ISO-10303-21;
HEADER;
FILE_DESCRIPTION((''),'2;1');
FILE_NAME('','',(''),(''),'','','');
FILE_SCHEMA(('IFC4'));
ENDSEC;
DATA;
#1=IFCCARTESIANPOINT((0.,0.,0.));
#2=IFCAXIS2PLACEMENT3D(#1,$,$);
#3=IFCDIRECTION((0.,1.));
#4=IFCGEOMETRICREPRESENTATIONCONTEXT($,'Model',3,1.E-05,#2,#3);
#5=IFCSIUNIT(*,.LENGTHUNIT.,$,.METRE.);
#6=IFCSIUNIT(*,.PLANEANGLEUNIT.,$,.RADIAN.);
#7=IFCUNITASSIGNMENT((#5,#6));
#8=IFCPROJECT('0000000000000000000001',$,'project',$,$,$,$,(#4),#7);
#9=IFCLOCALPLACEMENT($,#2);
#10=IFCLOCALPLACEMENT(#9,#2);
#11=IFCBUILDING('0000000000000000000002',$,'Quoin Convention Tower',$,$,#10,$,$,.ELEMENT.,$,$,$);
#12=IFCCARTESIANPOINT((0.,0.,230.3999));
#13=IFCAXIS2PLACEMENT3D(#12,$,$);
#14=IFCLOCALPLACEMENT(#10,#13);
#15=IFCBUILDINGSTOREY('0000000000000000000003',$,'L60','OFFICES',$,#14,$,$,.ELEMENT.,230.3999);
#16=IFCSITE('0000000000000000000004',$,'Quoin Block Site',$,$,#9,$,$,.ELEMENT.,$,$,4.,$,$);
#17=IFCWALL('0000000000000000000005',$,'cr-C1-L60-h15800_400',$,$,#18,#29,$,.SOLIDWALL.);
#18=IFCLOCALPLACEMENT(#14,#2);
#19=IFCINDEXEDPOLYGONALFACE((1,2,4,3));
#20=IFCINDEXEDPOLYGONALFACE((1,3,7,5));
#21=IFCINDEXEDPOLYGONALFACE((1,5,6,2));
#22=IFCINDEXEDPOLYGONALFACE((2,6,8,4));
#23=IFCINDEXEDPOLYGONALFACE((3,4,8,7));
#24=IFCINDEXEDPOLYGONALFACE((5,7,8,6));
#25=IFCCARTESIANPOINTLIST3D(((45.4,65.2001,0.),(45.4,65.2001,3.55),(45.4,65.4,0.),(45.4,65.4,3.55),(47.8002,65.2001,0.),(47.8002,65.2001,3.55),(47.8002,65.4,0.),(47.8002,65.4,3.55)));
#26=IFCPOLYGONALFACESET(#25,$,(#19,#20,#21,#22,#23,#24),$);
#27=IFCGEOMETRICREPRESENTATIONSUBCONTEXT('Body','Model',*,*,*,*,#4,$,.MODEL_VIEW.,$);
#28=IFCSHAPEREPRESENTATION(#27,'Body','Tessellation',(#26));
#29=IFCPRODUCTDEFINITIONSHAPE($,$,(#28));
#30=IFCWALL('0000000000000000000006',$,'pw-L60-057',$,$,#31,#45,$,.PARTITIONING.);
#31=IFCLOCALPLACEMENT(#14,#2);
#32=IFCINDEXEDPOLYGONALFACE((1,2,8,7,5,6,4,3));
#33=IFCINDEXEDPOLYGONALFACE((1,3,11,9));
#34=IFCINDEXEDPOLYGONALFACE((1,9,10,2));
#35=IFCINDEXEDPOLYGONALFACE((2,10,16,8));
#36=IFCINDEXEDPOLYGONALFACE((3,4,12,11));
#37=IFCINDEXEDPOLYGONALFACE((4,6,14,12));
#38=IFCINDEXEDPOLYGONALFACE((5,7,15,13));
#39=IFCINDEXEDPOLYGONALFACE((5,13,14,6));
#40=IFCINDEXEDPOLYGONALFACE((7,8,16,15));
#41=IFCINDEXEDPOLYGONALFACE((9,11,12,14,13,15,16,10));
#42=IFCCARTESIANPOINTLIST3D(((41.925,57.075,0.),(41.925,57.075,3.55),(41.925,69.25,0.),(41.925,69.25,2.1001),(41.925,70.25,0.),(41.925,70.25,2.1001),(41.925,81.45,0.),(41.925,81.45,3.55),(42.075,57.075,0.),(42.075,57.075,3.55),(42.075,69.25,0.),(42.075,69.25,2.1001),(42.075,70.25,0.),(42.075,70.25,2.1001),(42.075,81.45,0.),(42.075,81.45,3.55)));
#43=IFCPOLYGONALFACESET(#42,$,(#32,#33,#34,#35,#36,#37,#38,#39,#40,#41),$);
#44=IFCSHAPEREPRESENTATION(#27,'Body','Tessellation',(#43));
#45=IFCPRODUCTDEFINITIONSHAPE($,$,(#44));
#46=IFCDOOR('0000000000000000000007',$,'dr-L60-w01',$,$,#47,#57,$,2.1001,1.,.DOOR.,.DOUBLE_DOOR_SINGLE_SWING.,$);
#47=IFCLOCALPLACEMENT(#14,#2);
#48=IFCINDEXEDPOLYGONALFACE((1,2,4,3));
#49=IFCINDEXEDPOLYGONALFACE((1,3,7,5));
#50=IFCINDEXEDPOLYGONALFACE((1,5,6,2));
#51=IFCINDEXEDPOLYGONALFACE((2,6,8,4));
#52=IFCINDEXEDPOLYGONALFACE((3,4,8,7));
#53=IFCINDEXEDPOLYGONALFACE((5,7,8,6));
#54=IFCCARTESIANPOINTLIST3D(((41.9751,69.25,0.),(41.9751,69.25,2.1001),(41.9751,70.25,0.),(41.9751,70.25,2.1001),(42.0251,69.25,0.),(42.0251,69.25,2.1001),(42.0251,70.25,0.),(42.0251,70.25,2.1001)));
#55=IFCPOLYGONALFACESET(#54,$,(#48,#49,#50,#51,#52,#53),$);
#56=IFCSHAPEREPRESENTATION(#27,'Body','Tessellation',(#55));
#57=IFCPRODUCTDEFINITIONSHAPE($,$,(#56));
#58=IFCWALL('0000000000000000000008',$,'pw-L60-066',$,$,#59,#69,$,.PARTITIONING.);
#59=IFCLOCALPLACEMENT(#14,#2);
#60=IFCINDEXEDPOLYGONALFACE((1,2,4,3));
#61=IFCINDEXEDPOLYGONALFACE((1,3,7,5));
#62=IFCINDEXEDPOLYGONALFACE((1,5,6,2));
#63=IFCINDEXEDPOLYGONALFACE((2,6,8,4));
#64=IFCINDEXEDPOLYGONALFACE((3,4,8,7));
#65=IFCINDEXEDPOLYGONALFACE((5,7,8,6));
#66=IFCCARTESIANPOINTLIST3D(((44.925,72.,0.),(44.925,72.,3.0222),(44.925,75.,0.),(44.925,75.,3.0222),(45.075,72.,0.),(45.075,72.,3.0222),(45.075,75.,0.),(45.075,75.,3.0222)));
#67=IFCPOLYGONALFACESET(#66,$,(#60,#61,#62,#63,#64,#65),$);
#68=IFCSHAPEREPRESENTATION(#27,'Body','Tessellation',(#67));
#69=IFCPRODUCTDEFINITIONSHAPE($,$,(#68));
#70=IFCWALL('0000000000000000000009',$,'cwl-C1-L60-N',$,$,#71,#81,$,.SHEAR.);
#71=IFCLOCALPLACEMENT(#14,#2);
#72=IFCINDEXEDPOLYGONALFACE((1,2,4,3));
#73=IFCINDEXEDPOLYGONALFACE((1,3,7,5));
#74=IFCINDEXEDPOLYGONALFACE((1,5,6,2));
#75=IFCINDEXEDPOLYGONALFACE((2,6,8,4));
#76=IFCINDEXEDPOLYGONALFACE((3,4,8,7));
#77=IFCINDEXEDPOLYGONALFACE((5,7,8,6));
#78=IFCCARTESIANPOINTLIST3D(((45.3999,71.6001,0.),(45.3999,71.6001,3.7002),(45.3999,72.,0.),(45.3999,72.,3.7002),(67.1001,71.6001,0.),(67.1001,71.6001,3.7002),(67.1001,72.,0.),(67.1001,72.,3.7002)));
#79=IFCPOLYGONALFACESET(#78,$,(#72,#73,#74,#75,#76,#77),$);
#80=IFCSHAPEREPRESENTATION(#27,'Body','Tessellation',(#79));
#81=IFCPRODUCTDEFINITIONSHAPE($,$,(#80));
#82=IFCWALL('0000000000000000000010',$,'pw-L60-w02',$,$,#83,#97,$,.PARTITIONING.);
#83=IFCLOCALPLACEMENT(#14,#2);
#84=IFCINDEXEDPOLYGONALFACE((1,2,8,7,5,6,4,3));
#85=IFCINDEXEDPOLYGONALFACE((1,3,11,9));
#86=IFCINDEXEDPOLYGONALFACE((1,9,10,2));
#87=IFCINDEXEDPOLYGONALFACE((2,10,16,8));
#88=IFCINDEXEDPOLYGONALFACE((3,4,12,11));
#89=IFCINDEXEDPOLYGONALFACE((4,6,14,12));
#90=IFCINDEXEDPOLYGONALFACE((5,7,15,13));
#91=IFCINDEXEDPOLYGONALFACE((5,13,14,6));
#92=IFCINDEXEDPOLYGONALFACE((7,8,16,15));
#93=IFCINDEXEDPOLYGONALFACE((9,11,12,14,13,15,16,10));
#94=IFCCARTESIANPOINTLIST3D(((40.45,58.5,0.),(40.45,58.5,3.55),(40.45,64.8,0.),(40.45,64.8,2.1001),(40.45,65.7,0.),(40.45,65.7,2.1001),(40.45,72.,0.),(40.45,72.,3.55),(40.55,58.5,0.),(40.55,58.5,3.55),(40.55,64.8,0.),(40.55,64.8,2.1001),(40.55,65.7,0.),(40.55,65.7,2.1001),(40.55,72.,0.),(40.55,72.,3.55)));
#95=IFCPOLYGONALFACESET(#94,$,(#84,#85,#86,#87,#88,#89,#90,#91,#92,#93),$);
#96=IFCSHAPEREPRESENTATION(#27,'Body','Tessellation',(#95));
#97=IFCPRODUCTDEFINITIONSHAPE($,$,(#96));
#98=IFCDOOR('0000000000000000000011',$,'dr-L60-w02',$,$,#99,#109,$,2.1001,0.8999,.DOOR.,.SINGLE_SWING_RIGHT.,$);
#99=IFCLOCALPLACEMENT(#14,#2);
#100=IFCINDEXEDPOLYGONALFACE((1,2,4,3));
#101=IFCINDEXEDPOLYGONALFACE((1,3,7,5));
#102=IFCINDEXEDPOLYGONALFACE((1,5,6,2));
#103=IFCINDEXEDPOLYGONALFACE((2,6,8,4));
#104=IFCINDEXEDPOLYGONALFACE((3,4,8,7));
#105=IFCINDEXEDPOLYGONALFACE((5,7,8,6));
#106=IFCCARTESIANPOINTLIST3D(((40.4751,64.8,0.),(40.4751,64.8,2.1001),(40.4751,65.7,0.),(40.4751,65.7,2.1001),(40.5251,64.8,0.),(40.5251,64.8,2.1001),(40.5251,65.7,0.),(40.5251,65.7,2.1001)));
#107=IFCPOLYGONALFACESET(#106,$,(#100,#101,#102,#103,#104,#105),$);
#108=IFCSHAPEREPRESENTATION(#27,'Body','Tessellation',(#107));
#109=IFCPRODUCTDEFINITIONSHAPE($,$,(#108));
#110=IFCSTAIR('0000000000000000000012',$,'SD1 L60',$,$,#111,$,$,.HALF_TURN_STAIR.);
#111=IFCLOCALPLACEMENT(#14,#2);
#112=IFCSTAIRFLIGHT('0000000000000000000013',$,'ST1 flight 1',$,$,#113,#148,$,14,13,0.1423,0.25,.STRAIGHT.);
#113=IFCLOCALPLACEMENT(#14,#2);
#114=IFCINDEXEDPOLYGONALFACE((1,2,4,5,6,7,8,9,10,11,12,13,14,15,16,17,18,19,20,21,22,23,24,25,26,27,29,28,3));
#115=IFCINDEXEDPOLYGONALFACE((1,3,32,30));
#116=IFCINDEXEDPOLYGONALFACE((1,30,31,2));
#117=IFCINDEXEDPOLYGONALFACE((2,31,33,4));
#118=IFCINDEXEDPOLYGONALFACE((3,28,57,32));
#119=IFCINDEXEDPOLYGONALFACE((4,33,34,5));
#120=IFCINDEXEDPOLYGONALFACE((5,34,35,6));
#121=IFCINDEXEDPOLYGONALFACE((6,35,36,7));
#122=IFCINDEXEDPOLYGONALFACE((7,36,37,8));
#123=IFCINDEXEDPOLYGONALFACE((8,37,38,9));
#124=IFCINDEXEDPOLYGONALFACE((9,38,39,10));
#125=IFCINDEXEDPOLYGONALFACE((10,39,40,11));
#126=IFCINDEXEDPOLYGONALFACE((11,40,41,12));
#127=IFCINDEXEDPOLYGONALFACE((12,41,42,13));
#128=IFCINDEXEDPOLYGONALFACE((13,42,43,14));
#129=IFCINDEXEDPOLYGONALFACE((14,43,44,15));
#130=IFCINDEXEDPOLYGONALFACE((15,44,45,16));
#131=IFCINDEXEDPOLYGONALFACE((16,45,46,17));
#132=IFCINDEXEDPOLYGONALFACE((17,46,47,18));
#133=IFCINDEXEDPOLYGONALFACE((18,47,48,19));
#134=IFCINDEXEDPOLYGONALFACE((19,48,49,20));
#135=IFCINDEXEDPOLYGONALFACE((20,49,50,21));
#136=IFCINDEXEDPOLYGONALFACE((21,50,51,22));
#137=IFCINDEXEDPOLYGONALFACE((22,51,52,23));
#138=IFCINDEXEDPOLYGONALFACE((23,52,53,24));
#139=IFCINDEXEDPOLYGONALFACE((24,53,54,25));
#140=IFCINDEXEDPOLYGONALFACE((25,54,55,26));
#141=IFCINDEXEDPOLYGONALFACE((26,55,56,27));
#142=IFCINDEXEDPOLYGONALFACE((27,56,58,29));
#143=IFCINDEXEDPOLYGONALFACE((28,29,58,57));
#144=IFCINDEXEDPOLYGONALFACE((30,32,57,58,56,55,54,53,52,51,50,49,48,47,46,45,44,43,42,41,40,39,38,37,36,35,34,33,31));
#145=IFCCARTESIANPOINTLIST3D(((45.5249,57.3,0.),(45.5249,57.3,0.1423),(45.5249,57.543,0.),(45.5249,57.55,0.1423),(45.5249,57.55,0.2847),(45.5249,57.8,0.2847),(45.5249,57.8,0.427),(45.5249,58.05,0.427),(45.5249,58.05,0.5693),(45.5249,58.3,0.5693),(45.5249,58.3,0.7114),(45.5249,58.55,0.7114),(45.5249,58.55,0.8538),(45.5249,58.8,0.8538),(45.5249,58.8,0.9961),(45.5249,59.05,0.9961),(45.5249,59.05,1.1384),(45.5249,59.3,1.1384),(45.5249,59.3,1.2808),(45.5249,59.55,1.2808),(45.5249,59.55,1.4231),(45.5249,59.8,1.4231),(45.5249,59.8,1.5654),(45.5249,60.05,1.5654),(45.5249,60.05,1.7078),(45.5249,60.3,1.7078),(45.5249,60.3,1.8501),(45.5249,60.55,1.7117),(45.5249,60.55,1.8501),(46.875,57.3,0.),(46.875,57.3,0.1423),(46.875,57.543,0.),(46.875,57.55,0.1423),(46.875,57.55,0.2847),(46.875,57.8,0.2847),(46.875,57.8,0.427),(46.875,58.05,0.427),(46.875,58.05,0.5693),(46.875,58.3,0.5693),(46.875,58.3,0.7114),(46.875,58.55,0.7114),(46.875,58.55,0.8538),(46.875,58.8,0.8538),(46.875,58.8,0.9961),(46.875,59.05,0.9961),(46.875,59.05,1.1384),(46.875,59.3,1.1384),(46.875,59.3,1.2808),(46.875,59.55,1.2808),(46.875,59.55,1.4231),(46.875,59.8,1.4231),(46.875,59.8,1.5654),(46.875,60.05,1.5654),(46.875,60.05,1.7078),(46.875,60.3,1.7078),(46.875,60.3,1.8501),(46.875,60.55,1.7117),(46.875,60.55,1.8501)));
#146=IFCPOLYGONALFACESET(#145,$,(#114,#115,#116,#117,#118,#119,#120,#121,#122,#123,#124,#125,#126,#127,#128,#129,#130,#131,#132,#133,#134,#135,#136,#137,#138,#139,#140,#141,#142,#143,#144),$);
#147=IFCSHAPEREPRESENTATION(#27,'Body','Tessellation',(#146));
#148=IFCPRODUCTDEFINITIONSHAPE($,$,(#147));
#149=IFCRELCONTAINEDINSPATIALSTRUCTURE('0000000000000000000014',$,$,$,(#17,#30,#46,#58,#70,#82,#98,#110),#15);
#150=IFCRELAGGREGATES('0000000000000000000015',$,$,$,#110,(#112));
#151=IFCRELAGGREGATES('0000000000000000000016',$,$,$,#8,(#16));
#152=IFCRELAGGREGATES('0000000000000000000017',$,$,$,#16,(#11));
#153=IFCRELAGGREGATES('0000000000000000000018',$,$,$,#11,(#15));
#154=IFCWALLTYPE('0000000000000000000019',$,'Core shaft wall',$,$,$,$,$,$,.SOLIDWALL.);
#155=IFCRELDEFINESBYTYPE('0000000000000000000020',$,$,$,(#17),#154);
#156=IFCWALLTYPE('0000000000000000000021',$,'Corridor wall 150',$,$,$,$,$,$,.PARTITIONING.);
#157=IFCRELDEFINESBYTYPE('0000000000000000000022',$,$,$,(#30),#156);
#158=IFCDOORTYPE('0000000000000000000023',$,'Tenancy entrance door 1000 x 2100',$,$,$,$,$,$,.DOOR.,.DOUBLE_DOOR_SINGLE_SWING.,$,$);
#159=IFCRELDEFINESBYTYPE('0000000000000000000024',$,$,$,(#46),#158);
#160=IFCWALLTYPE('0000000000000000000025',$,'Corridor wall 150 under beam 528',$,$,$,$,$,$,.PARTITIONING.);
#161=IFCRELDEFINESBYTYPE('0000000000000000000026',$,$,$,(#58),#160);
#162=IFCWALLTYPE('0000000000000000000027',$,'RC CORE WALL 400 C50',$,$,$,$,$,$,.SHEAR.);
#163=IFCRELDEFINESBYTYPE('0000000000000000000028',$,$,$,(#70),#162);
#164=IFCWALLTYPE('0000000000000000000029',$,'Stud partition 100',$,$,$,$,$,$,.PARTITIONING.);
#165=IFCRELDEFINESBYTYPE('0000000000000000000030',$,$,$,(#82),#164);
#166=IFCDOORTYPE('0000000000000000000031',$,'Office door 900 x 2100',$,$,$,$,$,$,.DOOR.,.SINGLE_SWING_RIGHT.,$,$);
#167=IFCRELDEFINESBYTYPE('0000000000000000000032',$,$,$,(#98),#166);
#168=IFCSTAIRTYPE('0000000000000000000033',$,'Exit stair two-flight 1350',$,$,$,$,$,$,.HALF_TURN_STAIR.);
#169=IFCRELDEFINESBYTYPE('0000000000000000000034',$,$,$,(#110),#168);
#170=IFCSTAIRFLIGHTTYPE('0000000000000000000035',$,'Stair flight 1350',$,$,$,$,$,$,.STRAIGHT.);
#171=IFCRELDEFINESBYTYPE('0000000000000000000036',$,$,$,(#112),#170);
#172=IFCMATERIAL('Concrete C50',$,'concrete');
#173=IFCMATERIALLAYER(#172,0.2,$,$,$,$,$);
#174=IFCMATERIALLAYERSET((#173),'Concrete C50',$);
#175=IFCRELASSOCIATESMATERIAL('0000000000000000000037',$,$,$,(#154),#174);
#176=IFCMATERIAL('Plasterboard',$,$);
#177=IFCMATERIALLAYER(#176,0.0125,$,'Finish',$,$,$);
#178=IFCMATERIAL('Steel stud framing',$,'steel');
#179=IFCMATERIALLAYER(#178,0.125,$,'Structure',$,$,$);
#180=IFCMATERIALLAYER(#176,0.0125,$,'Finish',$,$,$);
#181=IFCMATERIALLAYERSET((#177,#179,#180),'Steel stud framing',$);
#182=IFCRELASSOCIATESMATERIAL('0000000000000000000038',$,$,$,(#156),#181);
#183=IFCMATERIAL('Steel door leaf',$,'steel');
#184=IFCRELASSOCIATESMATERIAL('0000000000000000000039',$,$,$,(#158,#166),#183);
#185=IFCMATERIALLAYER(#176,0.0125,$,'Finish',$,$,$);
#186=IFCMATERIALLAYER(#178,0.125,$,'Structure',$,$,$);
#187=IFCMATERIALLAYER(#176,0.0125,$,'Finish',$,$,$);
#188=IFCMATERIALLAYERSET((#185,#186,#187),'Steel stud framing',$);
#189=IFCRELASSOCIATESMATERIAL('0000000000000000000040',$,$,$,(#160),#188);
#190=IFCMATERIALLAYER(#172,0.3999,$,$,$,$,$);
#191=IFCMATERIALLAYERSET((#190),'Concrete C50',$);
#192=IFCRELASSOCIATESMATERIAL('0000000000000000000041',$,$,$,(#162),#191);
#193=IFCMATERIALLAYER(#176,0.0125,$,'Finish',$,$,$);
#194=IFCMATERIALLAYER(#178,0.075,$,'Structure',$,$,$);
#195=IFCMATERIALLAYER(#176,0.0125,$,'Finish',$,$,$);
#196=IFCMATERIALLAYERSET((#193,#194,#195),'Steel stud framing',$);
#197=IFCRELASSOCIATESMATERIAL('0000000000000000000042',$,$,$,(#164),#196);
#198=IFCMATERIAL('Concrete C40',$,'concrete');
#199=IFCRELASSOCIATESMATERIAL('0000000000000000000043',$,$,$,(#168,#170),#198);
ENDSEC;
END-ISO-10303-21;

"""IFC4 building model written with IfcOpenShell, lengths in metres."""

from ifc_helpers import new_model, si_unit, direction, frame, frame_2d, origin, place, context, subcontext, project, spatial, polyline, rectangle, outline, extrude, material, layer, layer_set, type_object, element, fill, aggregate, save


model = new_model("IFC4")

# Units and contexts
model_context = context("Model", 3, precision=1e-05, world=origin(), true_north=direction((0.0, 1.0)))
body_context = subcontext(model_context, "Body", "Model", "MODEL_VIEW")
ifc_project = project(units=[si_unit("LENGTHUNIT", "METRE"), si_unit("PLANEANGLEUNIT", "RADIAN")], contexts=[model_context])

# Site, building, storey
site_placement = place(None, origin())
site = spatial("IfcSite", under=ifc_project, at=site_placement, Name="Quoin Block Site", CompositionType="ELEMENT", RefElevation=4.0)
building_placement = place(site_placement, origin())
building = spatial("IfcBuilding", under=site, at=building_placement, Name="Quoin Convention Tower", CompositionType="ELEMENT")
storey_placement = place(building_placement, frame((0.0, 0.0, 230.3999)))
storey = spatial("IfcBuildingStorey", under=building, at=storey_placement, Name="L60", Description="OFFICES", CompositionType="ELEMENT", Elevation=230.3999)

# Shared definitions
ifc_material_1 = material(Name="Plasterboard")
ifc_material_2 = material(Name="Steel stud framing", Category="steel")
ifc_material_3 = material(Name="Steel door leaf", Category="steel")

# Wall
ifc_material_4 = material(Name="Concrete C50", Category="concrete")
ifc_layer_1 = layer(ifc_material_4, 0.2)
ifc_layer_set_1 = layer_set([ifc_layer_1], Name="Concrete C50")
wall_type_1 = type_object("IfcWallType", Name="Core shaft wall", PredefinedType="SOLIDWALL", material=ifc_layer_set_1)
wall_1_placement = place(storey_placement, frame((45.3999, 65.3, 0.0), z_axis=(0.0, 0.0, 1.0), x_axis=(1.0, 0.0, 0.0)))
element("IfcWall", 1, at=wall_1_placement, inside=storey, type_object=wall_type_1, Name="cr-C1-L60-h15800_400", PredefinedType="SOLIDWALL", context=body_context, shape_type="SweptSolid", body=[
    extrude(rectangle(XDim=2.4001, YDim=0.2, at=frame_2d((1.2002, 0.0))), origin(), (0.0, 0.0, 1.0), 3.55),
])

# Wall, opening, door
ifc_layer_2 = layer(ifc_material_1, 0.0125, Name="Finish")
ifc_layer_3 = layer(ifc_material_2, 0.125, Name="Structure")
ifc_layer_4 = layer(ifc_material_1, 0.0125, Name="Finish")
ifc_layer_set_2 = layer_set([ifc_layer_2, ifc_layer_3, ifc_layer_4], Name="Steel stud framing")
wall_type_2 = type_object("IfcWallType", Name="Corridor wall 150", PredefinedType="PARTITIONING", material=ifc_layer_set_2)
wall_2_placement = place(storey_placement, frame((42.0, 57.075, 0.0), z_axis=(0.0, 0.0, 1.0), x_axis=(0.0, 1.0, 0.0)))
wall_2 = element("IfcWall", 2, at=wall_2_placement, inside=storey, type_object=wall_type_2, Name="pw-L60-057", PredefinedType="PARTITIONING", context=body_context, shape_type="SweptSolid", body=[
    extrude(rectangle(XDim=24.375, YDim=0.1499, at=frame_2d((12.1875, 0.0))), origin(), (0.0, 0.0, 1.0), 3.55),
])
opening_1_placement = place(wall_2_placement, frame((12.175, 0.0, 0.0)))
opening_1 = element("IfcOpeningElement", 3, at=opening_1_placement, cuts=wall_2, PredefinedType="OPENING", context=body_context, shape_type="SweptSolid", body=[
    extrude(rectangle(XDim=1.0, YDim=2.1001, at=frame_2d((0.5, 1.05))), frame((0.0, 0.085, 0.0), z_axis=(0.0, -1.0, 0.0), x_axis=(1.0, 0.0, 0.0)), (0.0, 0.0, 1.0), 0.1699),
])
door_type_1 = type_object("IfcDoorType", Name="Tenancy entrance door 1000 x 2100", OperationType="DOUBLE_DOOR_SINGLE_SWING", PredefinedType="DOOR", material=ifc_material_3)
door_1_placement = place(opening_1_placement, origin())
door_1 = element("IfcDoor", 4, at=door_1_placement, inside=storey, type_object=door_type_1, Name="dr-L60-w01", OperationType="DOUBLE_DOOR_SINGLE_SWING", OverallHeight=2.1001, OverallWidth=1.0, PredefinedType="DOOR", context=body_context, shape_type="SweptSolid", body=[
    extrude(rectangle(XDim=1.0, YDim=2.1001, at=frame_2d((0.5, 1.05))), frame((0.0, 0.0249, 0.0), z_axis=(0.0, -1.0, 0.0), x_axis=(1.0, 0.0, 0.0)), (0.0, 0.0, 1.0), 0.05),
])
fill(opening_1, door_1)

# Walls
ifc_layer_5 = layer(ifc_material_1, 0.0125, Name="Finish")
ifc_layer_6 = layer(ifc_material_2, 0.125, Name="Structure")
ifc_layer_7 = layer(ifc_material_1, 0.0125, Name="Finish")
ifc_layer_set_3 = layer_set([ifc_layer_5, ifc_layer_6, ifc_layer_7], Name="Steel stud framing")
wall_type_3 = type_object("IfcWallType", Name="Corridor wall 150 under beam 528", PredefinedType="PARTITIONING", material=ifc_layer_set_3)
wall_3_placement = place(storey_placement, frame((45.0, 72.0, 0.0), z_axis=(0.0, 0.0, 1.0), x_axis=(0.0, 1.0, 0.0)))
element("IfcWall", 5, at=wall_3_placement, inside=storey, type_object=wall_type_3, Name="pw-L60-066", PredefinedType="PARTITIONING", context=body_context, shape_type="SweptSolid", body=[
    extrude(rectangle(XDim=3.0, YDim=0.1499, at=frame_2d((1.5, 0.0))), origin(), (0.0, 0.0, 1.0), 3.0222),
])
ifc_layer_8 = layer(ifc_material_4, 0.3999)
ifc_layer_set_4 = layer_set([ifc_layer_8], Name="Concrete C50")
wall_type_4 = type_object("IfcWallType", Name="RC CORE WALL 400 C50", PredefinedType="SHEAR", material=ifc_layer_set_4)
wall_4_placement = place(storey_placement, frame((45.3999, 71.8, 0.0), z_axis=(0.0, 0.0, 1.0), x_axis=(1.0, 0.0, 0.0)))
element("IfcWall", 6, at=wall_4_placement, inside=storey, type_object=wall_type_4, Name="cwl-C1-L60-N", PredefinedType="SHEAR", context=body_context, shape_type="SweptSolid", body=[
    extrude(rectangle(XDim=21.7002, YDim=0.3999, at=frame_2d((10.8501, 0.0))), origin(), (0.0, 0.0, 1.0), 3.7002),
])

# Wall, opening, door
ifc_layer_9 = layer(ifc_material_1, 0.0125, Name="Finish")
ifc_layer_10 = layer(ifc_material_2, 0.075, Name="Structure")
ifc_layer_11 = layer(ifc_material_1, 0.0125, Name="Finish")
ifc_layer_set_5 = layer_set([ifc_layer_9, ifc_layer_10, ifc_layer_11], Name="Steel stud framing")
wall_type_5 = type_object("IfcWallType", Name="Stud partition 100", PredefinedType="PARTITIONING", material=ifc_layer_set_5)
wall_5_placement = place(storey_placement, frame((40.5, 72.0, 0.0), z_axis=(0.0, 0.0, 1.0), x_axis=(0.0, -1.0, 0.0)))
wall_5 = element("IfcWall", 7, at=wall_5_placement, inside=storey, type_object=wall_type_5, Name="pw-L60-w02", PredefinedType="PARTITIONING", context=body_context, shape_type="SweptSolid", body=[
    extrude(rectangle(XDim=13.5, YDim=0.1001, at=frame_2d((6.75, 0.0))), origin(), (0.0, 0.0, 1.0), 3.55),
])
opening_2_placement = place(wall_5_placement, frame((6.3, 0.0, 0.0)))
opening_2 = element("IfcOpeningElement", 8, at=opening_2_placement, cuts=wall_5, PredefinedType="OPENING", context=body_context, shape_type="SweptSolid", body=[
    extrude(rectangle(XDim=0.8999, YDim=2.1001, at=frame_2d((0.45, 1.05))), frame((0.0, 0.0601, 0.0), z_axis=(0.0, -1.0, 0.0), x_axis=(1.0, 0.0, 0.0)), (0.0, 0.0, 1.0), 0.1201),
])
door_type_2 = type_object("IfcDoorType", Name="Office door 900 x 2100", OperationType="SINGLE_SWING_RIGHT", PredefinedType="DOOR", material=ifc_material_3)
door_2_placement = place(opening_2_placement, frame((0.8999, 0.0, 0.0), z_axis=(0.0, 0.0, 1.0), x_axis=(-1.0, 0.0, 0.0)))
door_2 = element("IfcDoor", 9, at=door_2_placement, inside=storey, type_object=door_type_2, Name="dr-L60-w02", OperationType="SINGLE_SWING_RIGHT", OverallHeight=2.1001, OverallWidth=0.8999, PredefinedType="DOOR", context=body_context, shape_type="SweptSolid", body=[
    extrude(rectangle(XDim=0.8999, YDim=2.1001, at=frame_2d((0.45, 1.05))), frame((0.0, 0.0249, 0.0), z_axis=(0.0, -1.0, 0.0), x_axis=(1.0, 0.0, 0.0)), (0.0, 0.0, 1.0), 0.05),
])
fill(opening_2, door_2)

# Stair, stair flight
ifc_material_5 = material(Name="Concrete C40", Category="concrete")
stair_type = type_object("IfcStairType", Name="Exit stair two-flight 1350", PredefinedType="HALF_TURN_STAIR", material=ifc_material_5)
stair_placement = place(storey_placement, origin())
stair = element("IfcStair", 10, at=stair_placement, inside=storey, type_object=stair_type, Name="SD1 L60", PredefinedType="HALF_TURN_STAIR")
stair_flight_type = type_object("IfcStairFlightType", Name="Stair flight 1350", PredefinedType="STRAIGHT", material=ifc_material_5)
stair_flight_placement = place(storey_placement, frame((46.2, 57.3, 0.0), z_axis=(0.0, 0.0, 1.0), x_axis=(0.0, 1.0, 0.0)))
stair_flight = element("IfcStairFlight", 11, at=stair_flight_placement, type_object=stair_flight_type, Name="ST1 flight 1", NumberOfRisers=14, NumberOfTreads=13, PredefinedType="STRAIGHT", RiserHeight=0.1423, TreadLength=0.25, context=body_context, shape_type="SweptSolid", body=[
    extrude(outline(polyline([(0.0, 0.0), (0.0, 0.1423), (0.25, 0.1423), (0.25, 0.2847), (0.5, 0.2847), (0.5, 0.427), (0.75, 0.427), (0.75, 0.5693), (1.0, 0.5693), (1.0, 0.7114), (1.25, 0.7114), (1.25, 0.8538), (1.5, 0.8538), (1.5, 0.9961), (1.75, 0.9961), (1.75, 1.1384), (2.0, 1.1384), (2.0, 1.2808), (2.25, 1.2808), (2.25, 1.4231), (2.5, 1.4231), (2.5, 1.5654), (2.75, 1.5654), (2.75, 1.7078), (3.0, 1.7078), (3.0, 1.8501), (3.25, 1.8501), (3.25, 1.9922), (3.25, 1.7117), (0.2429, 0.0), (0.0, 0.0)])), frame((0.0, 0.675, 0.0), z_axis=(0.0, -1.0, 0.0), x_axis=(1.0, 0.0, 0.0)), (0.0, 0.0, 1.0), 1.3501),
])
aggregate(stair, [stair_flight])

save(model, "model.ifc")
